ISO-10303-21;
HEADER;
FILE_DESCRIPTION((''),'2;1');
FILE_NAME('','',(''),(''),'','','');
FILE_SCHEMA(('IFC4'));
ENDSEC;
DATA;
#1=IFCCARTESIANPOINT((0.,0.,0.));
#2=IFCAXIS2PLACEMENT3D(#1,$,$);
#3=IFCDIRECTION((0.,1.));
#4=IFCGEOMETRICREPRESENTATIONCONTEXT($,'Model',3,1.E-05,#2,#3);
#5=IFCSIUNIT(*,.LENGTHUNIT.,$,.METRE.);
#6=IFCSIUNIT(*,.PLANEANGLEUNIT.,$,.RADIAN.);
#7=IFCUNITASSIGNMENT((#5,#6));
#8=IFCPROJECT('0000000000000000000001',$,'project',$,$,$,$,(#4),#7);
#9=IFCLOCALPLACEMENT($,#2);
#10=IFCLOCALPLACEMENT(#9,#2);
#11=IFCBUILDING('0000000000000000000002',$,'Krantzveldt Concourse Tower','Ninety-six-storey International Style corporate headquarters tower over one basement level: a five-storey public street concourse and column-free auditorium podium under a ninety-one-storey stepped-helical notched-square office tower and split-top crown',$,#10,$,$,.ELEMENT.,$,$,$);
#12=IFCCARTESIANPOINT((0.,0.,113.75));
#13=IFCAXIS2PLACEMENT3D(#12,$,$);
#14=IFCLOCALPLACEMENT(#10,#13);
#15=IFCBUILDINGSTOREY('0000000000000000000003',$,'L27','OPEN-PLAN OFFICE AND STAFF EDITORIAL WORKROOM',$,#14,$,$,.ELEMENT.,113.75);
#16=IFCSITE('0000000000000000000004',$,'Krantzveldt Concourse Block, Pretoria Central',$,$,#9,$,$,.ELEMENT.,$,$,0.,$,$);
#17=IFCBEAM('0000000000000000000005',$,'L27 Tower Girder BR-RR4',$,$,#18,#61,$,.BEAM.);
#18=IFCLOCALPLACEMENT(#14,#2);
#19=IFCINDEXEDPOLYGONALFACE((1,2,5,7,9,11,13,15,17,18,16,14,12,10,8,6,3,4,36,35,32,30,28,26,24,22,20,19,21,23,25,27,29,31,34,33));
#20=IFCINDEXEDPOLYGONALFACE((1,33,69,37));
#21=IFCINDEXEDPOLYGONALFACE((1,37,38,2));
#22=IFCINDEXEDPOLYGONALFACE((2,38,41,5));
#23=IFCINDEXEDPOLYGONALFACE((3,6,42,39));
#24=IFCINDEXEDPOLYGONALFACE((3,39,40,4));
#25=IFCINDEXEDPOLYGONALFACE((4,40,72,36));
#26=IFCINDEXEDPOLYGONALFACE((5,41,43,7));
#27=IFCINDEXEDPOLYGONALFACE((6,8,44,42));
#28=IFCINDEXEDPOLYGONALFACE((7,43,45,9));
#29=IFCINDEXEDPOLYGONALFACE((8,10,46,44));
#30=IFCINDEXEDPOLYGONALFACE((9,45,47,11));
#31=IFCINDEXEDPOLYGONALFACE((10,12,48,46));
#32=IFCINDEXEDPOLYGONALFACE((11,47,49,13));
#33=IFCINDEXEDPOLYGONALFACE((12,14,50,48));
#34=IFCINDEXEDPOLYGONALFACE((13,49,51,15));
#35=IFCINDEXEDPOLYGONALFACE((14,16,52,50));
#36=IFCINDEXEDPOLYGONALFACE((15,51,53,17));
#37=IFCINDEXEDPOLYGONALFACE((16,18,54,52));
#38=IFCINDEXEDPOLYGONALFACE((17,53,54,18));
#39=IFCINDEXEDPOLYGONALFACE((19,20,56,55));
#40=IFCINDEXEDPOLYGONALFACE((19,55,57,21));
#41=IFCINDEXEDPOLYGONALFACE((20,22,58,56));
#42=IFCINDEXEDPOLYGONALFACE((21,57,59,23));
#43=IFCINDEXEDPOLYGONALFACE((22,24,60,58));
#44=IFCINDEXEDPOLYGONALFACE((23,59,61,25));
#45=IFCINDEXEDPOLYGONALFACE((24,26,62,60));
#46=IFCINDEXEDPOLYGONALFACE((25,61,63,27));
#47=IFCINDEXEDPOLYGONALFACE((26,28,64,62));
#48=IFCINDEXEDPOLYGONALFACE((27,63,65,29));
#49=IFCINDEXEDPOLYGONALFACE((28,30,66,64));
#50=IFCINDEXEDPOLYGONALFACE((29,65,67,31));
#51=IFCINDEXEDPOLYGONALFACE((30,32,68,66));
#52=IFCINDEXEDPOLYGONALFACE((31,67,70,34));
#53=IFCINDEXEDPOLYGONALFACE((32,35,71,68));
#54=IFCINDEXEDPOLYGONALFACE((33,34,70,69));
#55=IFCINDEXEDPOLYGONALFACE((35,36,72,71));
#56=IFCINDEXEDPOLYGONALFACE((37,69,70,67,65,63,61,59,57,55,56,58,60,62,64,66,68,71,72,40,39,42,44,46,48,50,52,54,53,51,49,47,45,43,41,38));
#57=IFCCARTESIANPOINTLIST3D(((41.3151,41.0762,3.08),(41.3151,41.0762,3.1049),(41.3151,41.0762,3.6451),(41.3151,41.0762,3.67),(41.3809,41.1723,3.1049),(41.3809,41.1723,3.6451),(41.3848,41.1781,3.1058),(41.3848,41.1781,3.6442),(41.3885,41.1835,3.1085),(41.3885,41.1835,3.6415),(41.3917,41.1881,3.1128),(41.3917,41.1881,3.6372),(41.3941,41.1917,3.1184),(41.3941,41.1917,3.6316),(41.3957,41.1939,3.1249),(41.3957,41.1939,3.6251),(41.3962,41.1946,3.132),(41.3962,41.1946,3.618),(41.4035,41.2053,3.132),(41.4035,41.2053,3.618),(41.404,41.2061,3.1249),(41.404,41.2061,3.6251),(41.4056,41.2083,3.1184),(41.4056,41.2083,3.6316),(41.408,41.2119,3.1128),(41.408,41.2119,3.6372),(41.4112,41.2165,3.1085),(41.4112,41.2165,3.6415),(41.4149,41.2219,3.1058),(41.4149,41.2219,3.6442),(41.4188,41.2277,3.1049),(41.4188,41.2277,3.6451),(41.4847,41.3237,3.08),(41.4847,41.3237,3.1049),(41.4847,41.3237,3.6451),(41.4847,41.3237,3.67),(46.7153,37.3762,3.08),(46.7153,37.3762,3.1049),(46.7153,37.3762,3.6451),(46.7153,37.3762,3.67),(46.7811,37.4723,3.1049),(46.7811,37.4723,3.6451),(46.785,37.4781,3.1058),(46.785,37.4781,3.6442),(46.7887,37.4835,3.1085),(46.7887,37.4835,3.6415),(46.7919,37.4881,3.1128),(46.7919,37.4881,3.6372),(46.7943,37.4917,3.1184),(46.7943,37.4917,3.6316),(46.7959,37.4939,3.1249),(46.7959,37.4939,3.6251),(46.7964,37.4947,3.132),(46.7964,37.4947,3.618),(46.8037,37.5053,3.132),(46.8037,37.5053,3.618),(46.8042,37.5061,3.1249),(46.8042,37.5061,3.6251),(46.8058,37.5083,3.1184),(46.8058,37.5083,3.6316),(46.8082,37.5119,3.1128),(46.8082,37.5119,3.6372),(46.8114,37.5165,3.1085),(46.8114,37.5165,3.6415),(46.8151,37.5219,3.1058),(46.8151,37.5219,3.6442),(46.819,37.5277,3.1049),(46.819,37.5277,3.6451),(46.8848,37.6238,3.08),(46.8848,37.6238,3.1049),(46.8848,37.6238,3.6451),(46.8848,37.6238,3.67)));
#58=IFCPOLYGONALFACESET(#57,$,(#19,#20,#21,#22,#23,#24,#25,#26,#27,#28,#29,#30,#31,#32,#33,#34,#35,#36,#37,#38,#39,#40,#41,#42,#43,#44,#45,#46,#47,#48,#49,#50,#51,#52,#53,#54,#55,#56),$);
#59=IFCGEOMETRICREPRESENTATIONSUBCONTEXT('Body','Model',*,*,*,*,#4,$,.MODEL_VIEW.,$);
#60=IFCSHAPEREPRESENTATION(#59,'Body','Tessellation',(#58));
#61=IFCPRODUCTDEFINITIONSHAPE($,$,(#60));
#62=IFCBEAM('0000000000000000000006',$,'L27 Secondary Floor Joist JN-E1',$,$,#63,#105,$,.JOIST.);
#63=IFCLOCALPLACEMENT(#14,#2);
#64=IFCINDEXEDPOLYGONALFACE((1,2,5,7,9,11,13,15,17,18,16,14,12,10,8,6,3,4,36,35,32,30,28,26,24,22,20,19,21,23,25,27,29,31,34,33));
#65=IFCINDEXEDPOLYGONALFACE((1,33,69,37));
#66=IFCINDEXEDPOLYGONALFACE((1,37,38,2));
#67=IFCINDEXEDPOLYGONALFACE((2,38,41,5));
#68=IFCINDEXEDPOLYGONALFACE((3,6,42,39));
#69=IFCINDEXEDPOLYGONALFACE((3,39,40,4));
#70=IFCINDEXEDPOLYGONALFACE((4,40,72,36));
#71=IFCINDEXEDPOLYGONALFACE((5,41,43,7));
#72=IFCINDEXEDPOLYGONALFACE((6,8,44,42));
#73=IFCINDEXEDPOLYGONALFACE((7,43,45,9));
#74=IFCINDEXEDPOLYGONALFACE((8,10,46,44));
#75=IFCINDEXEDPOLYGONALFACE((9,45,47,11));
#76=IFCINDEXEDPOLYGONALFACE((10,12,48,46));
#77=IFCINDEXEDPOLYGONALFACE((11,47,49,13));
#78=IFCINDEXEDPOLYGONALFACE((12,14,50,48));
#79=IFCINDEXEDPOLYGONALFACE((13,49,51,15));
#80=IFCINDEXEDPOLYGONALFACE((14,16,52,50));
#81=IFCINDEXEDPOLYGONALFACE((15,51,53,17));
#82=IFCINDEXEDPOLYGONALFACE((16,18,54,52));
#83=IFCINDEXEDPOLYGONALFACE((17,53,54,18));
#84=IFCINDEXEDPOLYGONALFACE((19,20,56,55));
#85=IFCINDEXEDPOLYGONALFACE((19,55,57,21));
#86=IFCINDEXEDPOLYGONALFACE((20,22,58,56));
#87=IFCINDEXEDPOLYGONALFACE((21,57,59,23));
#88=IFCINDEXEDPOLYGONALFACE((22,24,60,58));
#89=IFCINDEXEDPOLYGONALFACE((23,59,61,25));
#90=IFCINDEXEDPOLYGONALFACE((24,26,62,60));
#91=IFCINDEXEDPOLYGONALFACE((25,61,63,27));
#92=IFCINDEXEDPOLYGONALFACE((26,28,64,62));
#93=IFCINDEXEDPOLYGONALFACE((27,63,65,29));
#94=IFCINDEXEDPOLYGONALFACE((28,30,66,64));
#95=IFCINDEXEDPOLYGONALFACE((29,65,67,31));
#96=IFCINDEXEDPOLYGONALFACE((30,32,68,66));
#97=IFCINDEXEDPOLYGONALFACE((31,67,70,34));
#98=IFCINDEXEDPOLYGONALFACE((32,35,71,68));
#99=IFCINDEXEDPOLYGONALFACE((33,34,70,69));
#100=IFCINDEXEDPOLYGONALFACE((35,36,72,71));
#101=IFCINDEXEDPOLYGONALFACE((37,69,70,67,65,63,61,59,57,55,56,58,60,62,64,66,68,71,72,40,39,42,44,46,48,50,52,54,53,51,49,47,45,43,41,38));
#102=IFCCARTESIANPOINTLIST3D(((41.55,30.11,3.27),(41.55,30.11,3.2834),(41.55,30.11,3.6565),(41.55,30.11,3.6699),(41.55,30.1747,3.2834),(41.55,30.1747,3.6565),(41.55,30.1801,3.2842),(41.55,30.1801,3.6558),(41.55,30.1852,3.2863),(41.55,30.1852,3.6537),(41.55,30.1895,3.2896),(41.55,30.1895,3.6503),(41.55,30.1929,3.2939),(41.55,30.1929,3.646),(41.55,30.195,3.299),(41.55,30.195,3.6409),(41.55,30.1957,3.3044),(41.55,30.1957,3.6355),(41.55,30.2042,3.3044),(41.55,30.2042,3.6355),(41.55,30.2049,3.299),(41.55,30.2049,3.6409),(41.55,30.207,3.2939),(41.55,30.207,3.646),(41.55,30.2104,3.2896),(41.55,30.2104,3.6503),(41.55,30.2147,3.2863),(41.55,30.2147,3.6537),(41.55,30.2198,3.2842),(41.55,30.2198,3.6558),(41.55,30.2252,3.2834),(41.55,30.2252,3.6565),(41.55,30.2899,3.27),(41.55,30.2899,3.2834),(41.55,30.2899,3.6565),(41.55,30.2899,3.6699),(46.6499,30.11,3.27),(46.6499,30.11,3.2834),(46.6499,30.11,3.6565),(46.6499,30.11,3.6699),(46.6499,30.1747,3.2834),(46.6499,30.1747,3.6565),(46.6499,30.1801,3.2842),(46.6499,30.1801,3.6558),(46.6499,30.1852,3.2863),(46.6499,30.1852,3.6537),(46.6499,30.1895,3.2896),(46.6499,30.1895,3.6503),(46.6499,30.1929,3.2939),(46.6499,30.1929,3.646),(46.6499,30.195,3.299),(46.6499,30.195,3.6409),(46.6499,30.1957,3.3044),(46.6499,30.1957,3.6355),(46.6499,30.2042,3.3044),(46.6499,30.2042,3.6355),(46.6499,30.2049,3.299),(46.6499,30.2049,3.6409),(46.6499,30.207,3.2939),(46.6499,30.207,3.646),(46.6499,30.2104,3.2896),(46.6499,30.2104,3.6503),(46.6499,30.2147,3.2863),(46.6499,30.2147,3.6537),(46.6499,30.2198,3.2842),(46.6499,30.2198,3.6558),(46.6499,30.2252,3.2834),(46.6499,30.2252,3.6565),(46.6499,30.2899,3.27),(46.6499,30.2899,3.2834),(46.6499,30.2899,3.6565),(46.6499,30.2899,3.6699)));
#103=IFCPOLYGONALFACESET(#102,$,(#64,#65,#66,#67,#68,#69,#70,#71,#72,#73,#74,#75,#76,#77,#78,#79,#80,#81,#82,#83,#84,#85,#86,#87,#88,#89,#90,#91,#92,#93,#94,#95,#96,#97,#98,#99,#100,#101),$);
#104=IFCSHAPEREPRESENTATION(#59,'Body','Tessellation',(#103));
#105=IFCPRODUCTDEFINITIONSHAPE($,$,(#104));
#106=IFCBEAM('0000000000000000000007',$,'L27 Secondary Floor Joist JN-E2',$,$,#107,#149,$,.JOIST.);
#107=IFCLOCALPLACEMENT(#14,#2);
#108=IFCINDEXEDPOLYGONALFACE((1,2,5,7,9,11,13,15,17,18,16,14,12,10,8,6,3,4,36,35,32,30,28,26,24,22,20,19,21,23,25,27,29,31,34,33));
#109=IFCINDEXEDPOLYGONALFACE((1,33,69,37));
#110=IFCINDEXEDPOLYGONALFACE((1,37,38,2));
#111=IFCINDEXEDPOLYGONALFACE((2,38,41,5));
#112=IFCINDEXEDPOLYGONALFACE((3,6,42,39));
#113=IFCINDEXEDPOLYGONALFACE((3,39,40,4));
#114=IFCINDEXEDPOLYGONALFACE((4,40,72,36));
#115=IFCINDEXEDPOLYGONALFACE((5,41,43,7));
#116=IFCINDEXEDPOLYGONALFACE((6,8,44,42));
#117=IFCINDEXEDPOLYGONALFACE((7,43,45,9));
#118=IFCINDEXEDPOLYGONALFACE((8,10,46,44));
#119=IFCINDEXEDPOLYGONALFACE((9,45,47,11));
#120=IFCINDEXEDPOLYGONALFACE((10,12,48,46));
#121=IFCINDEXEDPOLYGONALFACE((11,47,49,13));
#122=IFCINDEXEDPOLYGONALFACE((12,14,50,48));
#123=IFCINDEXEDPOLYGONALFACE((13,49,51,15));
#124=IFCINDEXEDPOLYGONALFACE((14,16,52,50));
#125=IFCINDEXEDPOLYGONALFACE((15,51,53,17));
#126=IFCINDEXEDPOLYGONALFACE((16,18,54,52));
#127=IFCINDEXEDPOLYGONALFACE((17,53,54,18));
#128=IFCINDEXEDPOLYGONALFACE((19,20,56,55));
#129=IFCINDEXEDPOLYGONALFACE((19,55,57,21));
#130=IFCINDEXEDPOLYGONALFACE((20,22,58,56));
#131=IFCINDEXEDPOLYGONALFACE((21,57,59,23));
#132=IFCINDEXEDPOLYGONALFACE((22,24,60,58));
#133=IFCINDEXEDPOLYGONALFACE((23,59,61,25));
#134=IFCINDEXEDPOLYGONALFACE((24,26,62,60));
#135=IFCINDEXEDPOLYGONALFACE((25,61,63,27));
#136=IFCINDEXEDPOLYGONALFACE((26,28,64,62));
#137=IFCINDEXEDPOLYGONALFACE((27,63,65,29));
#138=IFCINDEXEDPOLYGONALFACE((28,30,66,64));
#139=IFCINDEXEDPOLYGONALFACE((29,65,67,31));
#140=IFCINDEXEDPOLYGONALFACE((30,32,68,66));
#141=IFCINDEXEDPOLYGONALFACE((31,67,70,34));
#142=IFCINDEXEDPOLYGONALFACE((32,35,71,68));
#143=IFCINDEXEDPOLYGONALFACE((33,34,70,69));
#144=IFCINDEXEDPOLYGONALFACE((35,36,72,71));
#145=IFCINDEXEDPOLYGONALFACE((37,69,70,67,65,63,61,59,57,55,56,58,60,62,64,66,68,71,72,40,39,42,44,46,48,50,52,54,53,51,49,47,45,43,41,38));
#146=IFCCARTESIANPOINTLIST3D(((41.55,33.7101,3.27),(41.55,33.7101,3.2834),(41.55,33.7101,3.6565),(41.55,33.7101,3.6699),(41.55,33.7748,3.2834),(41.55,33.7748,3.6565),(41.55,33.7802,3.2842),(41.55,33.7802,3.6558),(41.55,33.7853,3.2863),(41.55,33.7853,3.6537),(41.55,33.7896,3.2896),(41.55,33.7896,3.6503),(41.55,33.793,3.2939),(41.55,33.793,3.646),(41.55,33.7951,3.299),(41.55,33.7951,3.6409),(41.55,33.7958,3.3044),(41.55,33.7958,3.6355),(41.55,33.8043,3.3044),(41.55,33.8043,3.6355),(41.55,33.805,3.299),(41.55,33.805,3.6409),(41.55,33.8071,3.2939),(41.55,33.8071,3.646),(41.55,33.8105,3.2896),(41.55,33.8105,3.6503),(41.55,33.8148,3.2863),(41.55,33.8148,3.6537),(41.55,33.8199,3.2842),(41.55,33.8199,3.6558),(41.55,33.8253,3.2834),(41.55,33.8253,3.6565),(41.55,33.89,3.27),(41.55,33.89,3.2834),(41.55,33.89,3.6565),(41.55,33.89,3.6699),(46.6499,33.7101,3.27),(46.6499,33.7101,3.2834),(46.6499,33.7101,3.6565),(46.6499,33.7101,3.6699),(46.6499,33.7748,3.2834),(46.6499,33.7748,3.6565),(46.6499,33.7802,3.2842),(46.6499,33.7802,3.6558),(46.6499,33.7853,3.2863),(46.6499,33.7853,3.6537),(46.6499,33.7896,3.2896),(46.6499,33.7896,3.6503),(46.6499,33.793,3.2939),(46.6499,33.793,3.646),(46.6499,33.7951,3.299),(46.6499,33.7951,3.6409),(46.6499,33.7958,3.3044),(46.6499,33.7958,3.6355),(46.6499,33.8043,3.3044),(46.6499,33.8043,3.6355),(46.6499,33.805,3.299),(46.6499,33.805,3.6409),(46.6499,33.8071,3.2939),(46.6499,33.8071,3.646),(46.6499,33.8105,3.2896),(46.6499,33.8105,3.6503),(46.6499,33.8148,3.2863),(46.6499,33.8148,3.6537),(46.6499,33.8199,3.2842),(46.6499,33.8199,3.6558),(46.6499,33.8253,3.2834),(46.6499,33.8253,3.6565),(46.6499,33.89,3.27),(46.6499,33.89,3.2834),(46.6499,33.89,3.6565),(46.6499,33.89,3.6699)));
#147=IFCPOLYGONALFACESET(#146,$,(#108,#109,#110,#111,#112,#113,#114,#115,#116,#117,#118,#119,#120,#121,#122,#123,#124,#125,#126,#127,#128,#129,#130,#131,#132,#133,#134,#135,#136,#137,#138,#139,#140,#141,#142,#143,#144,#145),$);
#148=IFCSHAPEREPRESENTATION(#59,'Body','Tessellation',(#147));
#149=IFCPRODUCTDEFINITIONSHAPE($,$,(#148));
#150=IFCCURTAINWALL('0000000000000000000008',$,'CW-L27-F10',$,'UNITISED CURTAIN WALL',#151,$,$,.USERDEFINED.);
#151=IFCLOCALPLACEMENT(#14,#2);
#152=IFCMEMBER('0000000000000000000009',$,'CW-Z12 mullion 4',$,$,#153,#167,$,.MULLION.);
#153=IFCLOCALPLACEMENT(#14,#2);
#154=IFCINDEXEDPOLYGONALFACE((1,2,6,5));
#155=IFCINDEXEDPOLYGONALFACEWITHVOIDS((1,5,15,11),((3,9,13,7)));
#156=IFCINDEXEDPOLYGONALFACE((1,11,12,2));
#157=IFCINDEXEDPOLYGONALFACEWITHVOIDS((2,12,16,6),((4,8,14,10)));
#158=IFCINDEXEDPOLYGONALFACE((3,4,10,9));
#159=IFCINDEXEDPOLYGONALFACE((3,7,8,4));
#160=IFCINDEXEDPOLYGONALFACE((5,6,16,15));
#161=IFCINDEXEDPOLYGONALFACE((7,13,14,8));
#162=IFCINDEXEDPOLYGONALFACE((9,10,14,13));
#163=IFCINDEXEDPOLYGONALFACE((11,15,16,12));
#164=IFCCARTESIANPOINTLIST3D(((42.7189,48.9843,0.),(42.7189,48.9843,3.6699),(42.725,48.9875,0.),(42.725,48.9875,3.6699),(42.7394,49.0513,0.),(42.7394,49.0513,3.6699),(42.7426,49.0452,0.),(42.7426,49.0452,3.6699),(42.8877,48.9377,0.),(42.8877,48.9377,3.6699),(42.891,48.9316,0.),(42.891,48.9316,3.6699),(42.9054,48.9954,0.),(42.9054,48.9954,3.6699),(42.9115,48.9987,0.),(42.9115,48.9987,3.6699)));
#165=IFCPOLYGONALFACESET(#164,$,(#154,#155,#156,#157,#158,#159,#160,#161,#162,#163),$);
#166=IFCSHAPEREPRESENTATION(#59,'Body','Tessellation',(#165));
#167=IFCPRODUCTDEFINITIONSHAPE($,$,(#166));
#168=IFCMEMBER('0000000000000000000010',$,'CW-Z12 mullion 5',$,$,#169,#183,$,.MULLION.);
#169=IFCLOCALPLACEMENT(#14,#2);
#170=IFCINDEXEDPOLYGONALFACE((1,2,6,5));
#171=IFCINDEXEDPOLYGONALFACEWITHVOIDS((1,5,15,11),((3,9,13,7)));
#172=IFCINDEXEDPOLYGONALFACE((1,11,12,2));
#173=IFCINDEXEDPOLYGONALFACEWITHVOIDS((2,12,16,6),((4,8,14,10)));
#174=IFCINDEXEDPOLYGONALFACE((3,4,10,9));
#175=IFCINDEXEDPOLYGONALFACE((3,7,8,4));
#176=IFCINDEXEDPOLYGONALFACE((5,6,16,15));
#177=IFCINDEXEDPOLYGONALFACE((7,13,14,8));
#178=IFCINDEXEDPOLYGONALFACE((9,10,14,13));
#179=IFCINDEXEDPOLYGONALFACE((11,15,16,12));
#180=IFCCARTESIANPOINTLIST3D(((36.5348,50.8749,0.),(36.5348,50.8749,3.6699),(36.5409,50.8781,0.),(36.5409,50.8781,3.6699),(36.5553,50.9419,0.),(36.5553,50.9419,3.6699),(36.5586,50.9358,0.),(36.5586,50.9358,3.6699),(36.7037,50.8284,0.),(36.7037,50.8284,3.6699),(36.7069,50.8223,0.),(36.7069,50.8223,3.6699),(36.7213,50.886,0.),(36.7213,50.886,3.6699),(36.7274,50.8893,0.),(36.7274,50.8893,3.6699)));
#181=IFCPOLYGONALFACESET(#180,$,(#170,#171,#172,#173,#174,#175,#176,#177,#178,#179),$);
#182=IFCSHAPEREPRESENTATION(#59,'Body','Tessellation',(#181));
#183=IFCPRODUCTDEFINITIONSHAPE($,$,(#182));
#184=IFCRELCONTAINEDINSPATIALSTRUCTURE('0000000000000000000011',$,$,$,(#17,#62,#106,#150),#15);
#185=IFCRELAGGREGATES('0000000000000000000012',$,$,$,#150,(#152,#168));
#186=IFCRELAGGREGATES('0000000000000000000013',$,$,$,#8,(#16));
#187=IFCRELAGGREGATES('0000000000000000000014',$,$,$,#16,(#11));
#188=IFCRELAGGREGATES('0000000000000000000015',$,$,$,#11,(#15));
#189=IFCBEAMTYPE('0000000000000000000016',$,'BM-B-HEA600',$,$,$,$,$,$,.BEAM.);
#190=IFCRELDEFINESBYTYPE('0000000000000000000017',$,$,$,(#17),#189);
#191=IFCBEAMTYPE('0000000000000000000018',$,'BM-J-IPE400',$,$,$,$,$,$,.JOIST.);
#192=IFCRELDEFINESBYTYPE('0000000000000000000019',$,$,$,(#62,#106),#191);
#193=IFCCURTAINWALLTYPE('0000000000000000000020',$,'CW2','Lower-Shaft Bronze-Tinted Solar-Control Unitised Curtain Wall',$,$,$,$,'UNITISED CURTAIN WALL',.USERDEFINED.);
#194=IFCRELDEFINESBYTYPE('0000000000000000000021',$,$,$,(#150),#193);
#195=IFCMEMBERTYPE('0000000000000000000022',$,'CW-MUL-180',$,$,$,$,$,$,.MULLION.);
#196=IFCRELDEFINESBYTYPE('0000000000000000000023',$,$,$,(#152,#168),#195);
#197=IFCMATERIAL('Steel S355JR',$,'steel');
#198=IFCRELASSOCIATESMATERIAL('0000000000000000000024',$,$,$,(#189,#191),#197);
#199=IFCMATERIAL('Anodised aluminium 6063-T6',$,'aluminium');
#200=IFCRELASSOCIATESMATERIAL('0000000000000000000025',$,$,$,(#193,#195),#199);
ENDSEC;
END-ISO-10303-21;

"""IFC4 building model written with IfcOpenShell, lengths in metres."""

from ifc_helpers import new_model, si_unit, direction, frame, origin, origin_2d, place, context, subcontext, project, spatial, hollow_rectangle, i_section, extrude, source, transform, mapped, material, material_profile, profile_set, type_object, type_shapes, element, aggregate, save


model = new_model("IFC4")

# Units and contexts
model_context = context("Model", 3, precision=1e-05, world=origin(), true_north=direction((0.0, 1.0)))
body_context = subcontext(model_context, "Body", "Model", "MODEL_VIEW")
ifc_project = project(units=[si_unit("LENGTHUNIT", "METRE"), si_unit("PLANEANGLEUNIT", "RADIAN")], contexts=[model_context])

# Site, building, storey
site_placement = place(None, origin())
site = spatial("IfcSite", under=ifc_project, at=site_placement, Name="Krantzveldt Concourse Block, Pretoria Central", CompositionType="ELEMENT", RefElevation=0.0)
building_placement = place(site_placement, origin())
building = spatial("IfcBuilding", under=site, at=building_placement, Name="Krantzveldt Concourse Tower", Description="Ninety-six-storey International Style corporate headquarters tower over one basement level: a five-storey public street concourse and column-free auditorium podium under a ninety-one-storey stepped-helical notched-square office tower and split-top crown", CompositionType="ELEMENT")
storey_placement = place(building_placement, frame((0.0, 0.0, 113.75)))
storey = spatial("IfcBuildingStorey", under=building, at=storey_placement, Name="L27", Description="OPEN-PLAN OFFICE AND STAFF EDITORIAL WORKROOM", CompositionType="ELEMENT", Elevation=113.75)

# Beams
ifc_material_1 = material(Name="Steel S355JR", Category="steel")
ifc_material_profile_1 = material_profile(ifc_material_1, i_section(OverallWidth=0.3, OverallDepth=0.5901, WebThickness=0.0129, FlangeThickness=0.0249, FilletRadius=0.0271, at=origin_2d()), Name="Steel S355JR", Category="steel")
ifc_profile_set_1 = profile_set([ifc_material_profile_1], Name="Steel S355JR - HEA 600")
beam_type_1 = type_object("IfcBeamType", Name="BM-B-HEA600", PredefinedType="BEAM", material=ifc_profile_set_1)
shared_shape_1 = source(origin(), body_context, "Body", "SweptSolid", [
    extrude(i_section(OverallWidth=0.3, OverallDepth=0.5901, WebThickness=0.0129, FlangeThickness=0.0249, FilletRadius=0.0271, at=origin_2d()), origin(), (0.0, 0.0, 1.0), 6.5461),
])
beam_1_placement = place(storey_placement, frame((46.8, 37.5, 3.375), z_axis=(-0.824943, 0.565216, 0.0), x_axis=(-0.565216, -0.824943, 0.0)))
element("IfcBeam", 1, at=beam_1_placement, inside=storey, type_object=beam_type_1, Name="L27 Tower Girder BR-RR4", PredefinedType="BEAM", context=body_context, shape_type="MappedRepresentation", body=[
    mapped(shared_shape_1, transform((0.0, 0.0, 0.0), x_axis=(1.0, 0.0, 0.0), y_axis=(0.0, 1.0, 0.0), z_axis=(0.0, 0.0, 1.0), scale=1.0)),
])
ifc_material_profile_2 = material_profile(ifc_material_1, i_section(OverallWidth=0.1799, OverallDepth=0.3999, WebThickness=0.0085, FlangeThickness=0.0134, FilletRadius=0.021, at=origin_2d()), Name="Steel S355JR", Category="steel")
ifc_profile_set_2 = profile_set([ifc_material_profile_2], Name="Steel S355JR - IPE 400")
beam_type_2 = type_object("IfcBeamType", Name="BM-J-IPE400", PredefinedType="JOIST", material=ifc_profile_set_2)
shared_shape_2 = source(origin(), body_context, "Body", "SweptSolid", [
    extrude(i_section(OverallWidth=0.1799, OverallDepth=0.3999, WebThickness=0.0085, FlangeThickness=0.0134, FilletRadius=0.021, at=origin_2d()), origin(), (0.0, 0.0, 1.0), 5.0999),
])
type_shapes(beam_type_2, [shared_shape_2])
for number, where, z_axis, x_axis, name in (
    (2, (41.55, 30.2, 3.47), (1.0, 0.0, 0.0), (0.0, 1.0, 0.0), "L27 Secondary Floor Joist JN-E1"),
    (3, (41.55, 33.8, 3.47), (1.0, 0.0, 0.0), (0.0, 1.0, 0.0), "L27 Secondary Floor Joist JN-E2"),
):
    element("IfcBeam", number, at=place(storey_placement, frame(where, z_axis=z_axis, x_axis=x_axis)), inside=storey, type_object=beam_type_2, Name=name, PredefinedType="JOIST", context=body_context, shape_type="MappedRepresentation", body=[
        mapped(shared_shape_2, transform((0.0, 0.0, 0.0), x_axis=(1.0, 0.0, 0.0), y_axis=(0.0, 1.0, 0.0), z_axis=(0.0, 0.0, 1.0), scale=1.0)),
    ])

# Curtain wall, members
ifc_material_2 = material(Name="Anodised aluminium 6063-T6", Category="aluminium")
curtain_wall_type = type_object("IfcCurtainWallType", Name="CW2", Description="Lower-Shaft Bronze-Tinted Solar-Control Unitised Curtain Wall", ElementType="UNITISED CURTAIN WALL", PredefinedType="USERDEFINED", material=ifc_material_2)
curtain_wall_placement = place(storey_placement, origin())
curtain_wall = element("IfcCurtainWall", 4, at=curtain_wall_placement, inside=storey, type_object=curtain_wall_type, Name="CW-L27-F10", ObjectType="UNITISED CURTAIN WALL", PredefinedType="USERDEFINED")
ifc_material_profile_3 = material_profile(ifc_material_2, hollow_rectangle(XDim=0.0701, YDim=0.1799, WallThickness=0.0049, at=origin_2d()), Name="Anodised aluminium 6063-T6", Category="aluminium")
ifc_profile_set_3 = profile_set([ifc_material_profile_3], Name="Anodised aluminium 6063-T6 - ALU-MULL 180x70x5")
member_type_1 = type_object("IfcMemberType", Name="CW-MUL-180", PredefinedType="MULLION", material=ifc_profile_set_3)
shared_shape_3 = source(origin(), body_context, "Body", "SweptSolid", [
    extrude(hollow_rectangle(XDim=0.0701, YDim=0.1799, WallThickness=0.0049, at=origin_2d()), origin(), (0.0, 0.0, 1.0), 3.6699),
])
type_shapes(member_type_1, [shared_shape_3])
member_1_placement = place(storey_placement, frame((42.8152, 48.9915, 0.0), z_axis=(0.0, 0.0, 1.0), x_axis=(-0.292372, -0.956305, 0.0)))
member_1 = element("IfcMember", 5, at=member_1_placement, type_object=member_type_1, Name="CW-Z12 mullion 4", PredefinedType="MULLION", context=body_context, shape_type="MappedRepresentation", body=[
    mapped(shared_shape_3, transform((0.0, 0.0, 0.0), x_axis=(1.0, 0.0, 0.0), y_axis=(0.0, 1.0, 0.0), z_axis=(0.0, 0.0, 1.0), scale=1.0)),
])
member_2_placement = place(storey_placement, frame((36.6311, 50.8821, 0.0), z_axis=(0.0, 0.0, 1.0), x_axis=(-0.292372, -0.956305, 0.0)))
member_2 = element("IfcMember", 6, at=member_2_placement, type_object=member_type_1, Name="CW-Z12 mullion 5", PredefinedType="MULLION", context=body_context, shape_type="MappedRepresentation", body=[
    mapped(shared_shape_3, transform((0.0, 0.0, 0.0), x_axis=(1.0, 0.0, 0.0), y_axis=(0.0, 1.0, 0.0), z_axis=(0.0, 0.0, 1.0), scale=1.0)),
])
aggregate(curtain_wall, [member_1, member_2])

save(model, "model.ifc")
